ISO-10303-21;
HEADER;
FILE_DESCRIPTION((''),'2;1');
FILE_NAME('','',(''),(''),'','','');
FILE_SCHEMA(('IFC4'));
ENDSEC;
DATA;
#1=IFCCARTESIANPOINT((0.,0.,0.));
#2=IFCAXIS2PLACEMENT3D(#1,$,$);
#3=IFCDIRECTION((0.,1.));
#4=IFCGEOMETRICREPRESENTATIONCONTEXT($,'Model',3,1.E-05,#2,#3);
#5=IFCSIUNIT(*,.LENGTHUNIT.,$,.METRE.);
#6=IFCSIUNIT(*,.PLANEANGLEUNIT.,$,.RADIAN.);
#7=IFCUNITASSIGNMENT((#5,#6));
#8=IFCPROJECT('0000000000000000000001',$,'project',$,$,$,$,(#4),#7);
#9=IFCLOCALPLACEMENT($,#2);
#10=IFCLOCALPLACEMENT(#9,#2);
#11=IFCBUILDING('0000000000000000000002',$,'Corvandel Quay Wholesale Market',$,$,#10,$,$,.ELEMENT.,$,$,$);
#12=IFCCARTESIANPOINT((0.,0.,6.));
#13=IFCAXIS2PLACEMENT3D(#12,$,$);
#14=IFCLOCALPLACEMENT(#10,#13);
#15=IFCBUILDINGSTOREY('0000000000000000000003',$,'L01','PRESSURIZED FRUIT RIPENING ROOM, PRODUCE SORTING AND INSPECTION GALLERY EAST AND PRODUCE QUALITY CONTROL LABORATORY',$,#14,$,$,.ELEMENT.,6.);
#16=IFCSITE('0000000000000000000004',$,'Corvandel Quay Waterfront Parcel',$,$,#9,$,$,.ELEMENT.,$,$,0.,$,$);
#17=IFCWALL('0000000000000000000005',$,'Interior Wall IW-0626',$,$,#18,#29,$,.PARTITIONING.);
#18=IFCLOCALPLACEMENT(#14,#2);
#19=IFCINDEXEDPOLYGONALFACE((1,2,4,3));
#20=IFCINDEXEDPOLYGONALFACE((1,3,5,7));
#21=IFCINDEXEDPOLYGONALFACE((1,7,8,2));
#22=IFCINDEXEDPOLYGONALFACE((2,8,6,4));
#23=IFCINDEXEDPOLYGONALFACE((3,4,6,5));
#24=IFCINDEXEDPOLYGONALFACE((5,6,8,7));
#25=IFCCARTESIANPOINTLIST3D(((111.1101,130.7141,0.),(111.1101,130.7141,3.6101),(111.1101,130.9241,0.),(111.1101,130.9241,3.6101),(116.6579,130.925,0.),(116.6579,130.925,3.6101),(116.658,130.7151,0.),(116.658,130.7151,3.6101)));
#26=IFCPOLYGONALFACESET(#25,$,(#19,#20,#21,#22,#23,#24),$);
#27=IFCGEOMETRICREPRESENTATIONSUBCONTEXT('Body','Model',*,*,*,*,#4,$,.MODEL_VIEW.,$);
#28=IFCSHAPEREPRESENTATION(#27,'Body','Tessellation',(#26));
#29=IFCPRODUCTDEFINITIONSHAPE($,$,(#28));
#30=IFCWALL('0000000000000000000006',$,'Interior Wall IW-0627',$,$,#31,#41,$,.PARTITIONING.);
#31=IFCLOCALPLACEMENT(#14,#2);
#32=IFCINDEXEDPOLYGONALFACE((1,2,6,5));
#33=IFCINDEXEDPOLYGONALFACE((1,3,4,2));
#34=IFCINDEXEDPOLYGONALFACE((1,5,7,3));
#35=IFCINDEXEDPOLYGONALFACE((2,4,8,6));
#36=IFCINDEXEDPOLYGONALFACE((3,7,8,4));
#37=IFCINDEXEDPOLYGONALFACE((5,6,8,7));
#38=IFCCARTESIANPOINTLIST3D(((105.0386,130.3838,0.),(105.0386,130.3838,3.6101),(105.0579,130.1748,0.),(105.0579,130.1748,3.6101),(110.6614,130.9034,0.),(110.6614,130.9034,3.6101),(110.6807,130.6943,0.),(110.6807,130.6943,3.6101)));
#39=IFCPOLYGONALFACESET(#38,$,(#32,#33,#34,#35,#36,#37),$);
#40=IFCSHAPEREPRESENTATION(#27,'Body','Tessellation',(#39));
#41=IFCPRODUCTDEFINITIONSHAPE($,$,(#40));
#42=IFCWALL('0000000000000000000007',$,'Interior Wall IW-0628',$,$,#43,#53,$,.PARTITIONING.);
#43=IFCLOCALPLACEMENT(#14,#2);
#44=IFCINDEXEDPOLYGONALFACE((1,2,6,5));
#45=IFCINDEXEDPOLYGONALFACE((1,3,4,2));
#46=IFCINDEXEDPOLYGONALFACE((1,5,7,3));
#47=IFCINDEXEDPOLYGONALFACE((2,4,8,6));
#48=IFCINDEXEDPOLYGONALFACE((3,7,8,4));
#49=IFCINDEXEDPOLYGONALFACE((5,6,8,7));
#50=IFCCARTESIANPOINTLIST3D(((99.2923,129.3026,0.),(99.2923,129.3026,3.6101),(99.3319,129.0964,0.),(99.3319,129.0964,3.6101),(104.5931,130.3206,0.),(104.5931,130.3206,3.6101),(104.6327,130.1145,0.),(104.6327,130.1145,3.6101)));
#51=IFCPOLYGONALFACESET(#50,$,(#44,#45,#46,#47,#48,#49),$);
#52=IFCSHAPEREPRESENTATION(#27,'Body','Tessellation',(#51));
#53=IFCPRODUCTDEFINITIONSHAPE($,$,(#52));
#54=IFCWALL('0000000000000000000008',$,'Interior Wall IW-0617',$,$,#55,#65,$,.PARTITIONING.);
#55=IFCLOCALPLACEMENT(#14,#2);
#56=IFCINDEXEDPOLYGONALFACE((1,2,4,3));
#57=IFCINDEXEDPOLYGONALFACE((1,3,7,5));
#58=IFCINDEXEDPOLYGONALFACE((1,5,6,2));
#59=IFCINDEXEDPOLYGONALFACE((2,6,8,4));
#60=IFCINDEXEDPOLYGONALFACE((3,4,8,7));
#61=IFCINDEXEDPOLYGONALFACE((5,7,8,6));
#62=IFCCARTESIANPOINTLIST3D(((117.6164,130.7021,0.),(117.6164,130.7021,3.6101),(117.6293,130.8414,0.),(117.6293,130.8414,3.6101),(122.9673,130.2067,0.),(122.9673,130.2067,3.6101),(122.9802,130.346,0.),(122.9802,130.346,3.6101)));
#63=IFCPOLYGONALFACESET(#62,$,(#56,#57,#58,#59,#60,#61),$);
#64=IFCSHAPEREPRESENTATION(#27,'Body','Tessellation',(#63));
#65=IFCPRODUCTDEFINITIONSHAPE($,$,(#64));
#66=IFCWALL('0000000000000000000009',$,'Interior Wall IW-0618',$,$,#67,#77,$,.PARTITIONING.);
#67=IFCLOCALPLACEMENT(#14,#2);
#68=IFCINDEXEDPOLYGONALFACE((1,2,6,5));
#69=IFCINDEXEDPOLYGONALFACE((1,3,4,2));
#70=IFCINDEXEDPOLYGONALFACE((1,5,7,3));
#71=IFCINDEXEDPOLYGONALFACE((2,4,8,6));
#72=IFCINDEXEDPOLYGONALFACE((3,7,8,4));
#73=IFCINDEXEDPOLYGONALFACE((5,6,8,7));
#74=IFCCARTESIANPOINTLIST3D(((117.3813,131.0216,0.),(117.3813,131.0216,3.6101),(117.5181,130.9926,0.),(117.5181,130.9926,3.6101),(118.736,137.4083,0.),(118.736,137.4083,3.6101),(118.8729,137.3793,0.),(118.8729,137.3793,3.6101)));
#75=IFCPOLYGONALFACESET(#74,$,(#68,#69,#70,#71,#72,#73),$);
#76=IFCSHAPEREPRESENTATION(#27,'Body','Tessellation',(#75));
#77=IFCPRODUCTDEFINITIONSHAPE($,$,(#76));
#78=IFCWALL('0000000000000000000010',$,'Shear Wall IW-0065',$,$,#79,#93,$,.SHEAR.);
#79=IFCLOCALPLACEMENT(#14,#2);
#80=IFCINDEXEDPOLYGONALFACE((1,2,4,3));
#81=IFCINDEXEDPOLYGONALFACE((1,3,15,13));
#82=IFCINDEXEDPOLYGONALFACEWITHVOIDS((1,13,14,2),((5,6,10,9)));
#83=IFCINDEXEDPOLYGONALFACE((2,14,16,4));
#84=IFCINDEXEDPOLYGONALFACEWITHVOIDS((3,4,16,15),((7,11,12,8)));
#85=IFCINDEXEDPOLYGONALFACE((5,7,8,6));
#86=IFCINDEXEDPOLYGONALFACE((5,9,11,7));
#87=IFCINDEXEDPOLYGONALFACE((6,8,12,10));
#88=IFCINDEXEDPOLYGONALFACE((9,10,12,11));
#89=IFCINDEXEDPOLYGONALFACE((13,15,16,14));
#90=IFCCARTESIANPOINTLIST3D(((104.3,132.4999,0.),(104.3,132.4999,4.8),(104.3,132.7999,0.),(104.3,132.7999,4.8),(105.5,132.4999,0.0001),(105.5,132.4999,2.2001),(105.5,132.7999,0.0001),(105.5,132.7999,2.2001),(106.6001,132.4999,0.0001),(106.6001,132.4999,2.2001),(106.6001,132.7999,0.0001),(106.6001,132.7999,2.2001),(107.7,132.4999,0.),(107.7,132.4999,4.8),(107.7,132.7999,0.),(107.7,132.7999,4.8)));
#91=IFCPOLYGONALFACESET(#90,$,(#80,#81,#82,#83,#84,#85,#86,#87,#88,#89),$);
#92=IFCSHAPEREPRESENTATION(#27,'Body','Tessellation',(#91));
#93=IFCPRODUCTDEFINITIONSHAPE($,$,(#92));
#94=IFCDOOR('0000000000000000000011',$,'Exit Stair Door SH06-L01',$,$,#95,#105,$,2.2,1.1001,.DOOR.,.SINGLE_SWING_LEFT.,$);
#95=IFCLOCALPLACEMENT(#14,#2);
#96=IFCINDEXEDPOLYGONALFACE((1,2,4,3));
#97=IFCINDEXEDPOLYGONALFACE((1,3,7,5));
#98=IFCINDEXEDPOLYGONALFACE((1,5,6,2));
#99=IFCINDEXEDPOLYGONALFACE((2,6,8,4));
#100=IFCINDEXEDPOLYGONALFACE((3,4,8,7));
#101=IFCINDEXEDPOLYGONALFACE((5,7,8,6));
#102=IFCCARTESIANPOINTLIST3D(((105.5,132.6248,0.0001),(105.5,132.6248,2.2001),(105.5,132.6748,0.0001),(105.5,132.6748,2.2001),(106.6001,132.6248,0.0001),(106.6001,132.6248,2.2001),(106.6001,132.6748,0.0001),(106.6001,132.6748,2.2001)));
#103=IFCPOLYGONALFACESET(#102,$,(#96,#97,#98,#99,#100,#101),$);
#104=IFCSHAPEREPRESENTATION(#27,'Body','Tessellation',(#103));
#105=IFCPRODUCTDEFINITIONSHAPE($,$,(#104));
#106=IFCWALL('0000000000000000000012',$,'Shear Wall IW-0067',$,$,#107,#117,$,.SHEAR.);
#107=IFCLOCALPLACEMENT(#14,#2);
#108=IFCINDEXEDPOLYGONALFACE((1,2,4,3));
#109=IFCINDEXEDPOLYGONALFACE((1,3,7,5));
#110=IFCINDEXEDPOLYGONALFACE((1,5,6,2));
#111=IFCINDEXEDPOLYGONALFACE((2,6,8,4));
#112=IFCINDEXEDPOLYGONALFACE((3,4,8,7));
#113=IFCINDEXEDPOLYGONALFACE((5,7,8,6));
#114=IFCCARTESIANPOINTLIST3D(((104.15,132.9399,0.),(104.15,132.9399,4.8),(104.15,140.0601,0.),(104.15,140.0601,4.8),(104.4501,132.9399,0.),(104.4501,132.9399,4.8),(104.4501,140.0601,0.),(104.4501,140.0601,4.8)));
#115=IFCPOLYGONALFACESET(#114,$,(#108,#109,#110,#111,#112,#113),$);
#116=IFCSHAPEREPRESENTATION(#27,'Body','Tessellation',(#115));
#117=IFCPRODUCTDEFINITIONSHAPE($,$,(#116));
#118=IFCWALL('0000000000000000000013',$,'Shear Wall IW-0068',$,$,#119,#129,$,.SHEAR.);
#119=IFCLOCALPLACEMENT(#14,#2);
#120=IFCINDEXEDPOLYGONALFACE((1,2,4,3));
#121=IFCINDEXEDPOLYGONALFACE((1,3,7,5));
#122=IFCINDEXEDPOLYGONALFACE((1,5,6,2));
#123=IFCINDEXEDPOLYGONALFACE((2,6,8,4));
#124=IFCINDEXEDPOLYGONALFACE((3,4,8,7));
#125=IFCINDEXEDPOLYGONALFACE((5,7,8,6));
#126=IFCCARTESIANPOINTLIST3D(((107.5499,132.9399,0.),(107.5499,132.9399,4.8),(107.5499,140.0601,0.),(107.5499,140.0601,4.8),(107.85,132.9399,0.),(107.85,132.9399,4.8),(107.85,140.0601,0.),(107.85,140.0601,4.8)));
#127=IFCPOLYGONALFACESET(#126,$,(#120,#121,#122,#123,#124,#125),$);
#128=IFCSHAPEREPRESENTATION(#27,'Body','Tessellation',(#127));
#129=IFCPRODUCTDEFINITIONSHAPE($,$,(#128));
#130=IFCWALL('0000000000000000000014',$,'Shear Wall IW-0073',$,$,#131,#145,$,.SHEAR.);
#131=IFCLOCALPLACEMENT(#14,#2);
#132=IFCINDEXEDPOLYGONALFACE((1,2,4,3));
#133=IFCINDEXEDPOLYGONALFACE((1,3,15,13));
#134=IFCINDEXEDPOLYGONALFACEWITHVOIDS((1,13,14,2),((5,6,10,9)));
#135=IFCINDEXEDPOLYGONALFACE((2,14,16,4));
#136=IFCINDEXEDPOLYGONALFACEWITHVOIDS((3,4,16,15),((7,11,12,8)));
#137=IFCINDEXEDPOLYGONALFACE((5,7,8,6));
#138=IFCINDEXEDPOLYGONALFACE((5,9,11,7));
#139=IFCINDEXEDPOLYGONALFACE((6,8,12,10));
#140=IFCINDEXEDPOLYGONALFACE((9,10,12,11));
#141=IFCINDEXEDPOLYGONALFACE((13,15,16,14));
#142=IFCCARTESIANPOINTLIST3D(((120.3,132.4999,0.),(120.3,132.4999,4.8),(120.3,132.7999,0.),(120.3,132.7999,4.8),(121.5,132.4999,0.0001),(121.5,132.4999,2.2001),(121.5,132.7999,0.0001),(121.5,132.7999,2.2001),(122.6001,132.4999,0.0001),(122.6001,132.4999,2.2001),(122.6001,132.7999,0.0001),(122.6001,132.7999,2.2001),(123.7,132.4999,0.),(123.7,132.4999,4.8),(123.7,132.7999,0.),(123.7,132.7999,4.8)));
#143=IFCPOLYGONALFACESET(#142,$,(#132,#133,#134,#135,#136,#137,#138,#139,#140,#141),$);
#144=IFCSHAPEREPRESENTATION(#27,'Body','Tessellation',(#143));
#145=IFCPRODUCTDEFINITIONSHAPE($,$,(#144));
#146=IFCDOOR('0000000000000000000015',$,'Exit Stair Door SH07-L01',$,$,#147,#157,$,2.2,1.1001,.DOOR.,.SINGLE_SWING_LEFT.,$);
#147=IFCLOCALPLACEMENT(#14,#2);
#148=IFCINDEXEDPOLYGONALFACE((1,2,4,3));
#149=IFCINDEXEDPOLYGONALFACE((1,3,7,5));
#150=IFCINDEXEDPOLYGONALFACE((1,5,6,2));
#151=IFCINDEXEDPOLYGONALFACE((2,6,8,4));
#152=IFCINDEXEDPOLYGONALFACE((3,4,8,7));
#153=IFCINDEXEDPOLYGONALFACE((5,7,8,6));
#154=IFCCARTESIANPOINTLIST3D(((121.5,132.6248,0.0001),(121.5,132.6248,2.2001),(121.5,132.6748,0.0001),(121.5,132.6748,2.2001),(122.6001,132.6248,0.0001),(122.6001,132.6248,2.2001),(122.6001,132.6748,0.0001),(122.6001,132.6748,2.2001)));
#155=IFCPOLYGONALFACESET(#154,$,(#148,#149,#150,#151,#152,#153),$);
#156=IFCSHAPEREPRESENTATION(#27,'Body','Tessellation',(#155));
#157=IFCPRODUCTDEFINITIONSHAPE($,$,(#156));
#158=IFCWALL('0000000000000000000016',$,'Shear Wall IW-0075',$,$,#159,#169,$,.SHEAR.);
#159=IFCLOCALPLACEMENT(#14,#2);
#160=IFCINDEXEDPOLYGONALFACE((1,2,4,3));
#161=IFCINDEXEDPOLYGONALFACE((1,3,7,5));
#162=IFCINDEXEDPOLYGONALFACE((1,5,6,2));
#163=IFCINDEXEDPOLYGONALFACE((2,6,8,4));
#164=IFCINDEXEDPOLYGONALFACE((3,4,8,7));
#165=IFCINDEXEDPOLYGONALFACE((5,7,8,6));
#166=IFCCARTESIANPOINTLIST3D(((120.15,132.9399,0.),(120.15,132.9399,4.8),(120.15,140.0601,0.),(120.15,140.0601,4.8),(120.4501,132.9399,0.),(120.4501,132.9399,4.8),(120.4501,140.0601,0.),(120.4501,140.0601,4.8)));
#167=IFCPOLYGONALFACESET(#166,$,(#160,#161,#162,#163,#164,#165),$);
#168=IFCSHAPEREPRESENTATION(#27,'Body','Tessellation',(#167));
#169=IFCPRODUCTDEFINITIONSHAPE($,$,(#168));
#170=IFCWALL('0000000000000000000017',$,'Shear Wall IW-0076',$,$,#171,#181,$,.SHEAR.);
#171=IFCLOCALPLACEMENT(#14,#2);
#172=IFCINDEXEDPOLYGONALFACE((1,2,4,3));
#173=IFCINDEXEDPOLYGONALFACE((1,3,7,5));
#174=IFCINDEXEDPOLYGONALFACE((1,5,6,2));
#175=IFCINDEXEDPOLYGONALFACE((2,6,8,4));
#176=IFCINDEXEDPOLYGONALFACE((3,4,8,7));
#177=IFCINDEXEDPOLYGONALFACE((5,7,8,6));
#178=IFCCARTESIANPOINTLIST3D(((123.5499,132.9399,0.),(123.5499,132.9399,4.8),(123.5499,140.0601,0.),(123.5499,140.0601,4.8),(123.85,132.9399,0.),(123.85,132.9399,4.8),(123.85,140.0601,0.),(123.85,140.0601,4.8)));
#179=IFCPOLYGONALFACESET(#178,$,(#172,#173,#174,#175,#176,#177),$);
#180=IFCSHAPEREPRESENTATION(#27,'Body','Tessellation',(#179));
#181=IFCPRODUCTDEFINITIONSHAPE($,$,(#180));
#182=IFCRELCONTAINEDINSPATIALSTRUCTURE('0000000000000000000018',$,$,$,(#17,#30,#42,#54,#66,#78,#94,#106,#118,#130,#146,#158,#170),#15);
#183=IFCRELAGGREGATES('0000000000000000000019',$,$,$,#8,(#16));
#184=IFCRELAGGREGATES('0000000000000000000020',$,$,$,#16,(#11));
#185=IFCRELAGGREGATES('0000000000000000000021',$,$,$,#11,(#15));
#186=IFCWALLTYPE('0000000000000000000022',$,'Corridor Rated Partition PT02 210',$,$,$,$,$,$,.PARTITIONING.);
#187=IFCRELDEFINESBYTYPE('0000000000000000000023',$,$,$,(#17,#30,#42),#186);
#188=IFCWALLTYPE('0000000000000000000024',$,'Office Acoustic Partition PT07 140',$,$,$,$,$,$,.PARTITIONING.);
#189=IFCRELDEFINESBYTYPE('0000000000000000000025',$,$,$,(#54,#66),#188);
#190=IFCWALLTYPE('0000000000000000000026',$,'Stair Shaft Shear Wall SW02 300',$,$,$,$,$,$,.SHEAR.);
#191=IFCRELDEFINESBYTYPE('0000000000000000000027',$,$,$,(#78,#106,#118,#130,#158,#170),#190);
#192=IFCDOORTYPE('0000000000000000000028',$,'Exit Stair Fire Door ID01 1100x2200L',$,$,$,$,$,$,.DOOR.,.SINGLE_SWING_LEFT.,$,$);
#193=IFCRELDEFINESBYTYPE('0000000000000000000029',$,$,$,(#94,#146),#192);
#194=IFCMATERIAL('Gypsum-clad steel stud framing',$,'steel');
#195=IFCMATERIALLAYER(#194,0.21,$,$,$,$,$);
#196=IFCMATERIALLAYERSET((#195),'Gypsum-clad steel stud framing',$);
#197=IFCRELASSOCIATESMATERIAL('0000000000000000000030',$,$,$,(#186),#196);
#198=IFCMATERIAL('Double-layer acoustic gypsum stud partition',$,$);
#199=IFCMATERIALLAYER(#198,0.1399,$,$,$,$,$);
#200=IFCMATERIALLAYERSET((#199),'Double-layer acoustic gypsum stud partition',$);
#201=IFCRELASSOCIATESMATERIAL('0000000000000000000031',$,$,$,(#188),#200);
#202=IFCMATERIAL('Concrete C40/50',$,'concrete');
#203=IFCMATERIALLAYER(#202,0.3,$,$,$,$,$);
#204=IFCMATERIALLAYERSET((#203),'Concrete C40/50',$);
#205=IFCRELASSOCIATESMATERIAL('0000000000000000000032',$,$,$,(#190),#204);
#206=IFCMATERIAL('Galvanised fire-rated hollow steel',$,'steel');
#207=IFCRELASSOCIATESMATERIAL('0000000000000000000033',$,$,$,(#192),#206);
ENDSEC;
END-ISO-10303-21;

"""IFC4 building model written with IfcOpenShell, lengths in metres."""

from ifc_helpers import new_model, si_unit, direction, frame, frame_2d, origin, place, context, subcontext, project, spatial, rectangle, extrude, material, layer, layer_set, type_object, element, fill, save


model = new_model("IFC4")

# Units and contexts
model_context = context("Model", 3, precision=1e-05, world=origin(), true_north=direction((0.0, 1.0)))
body_context = subcontext(model_context, "Body", "Model", "MODEL_VIEW")
ifc_project = project(units=[si_unit("LENGTHUNIT", "METRE"), si_unit("PLANEANGLEUNIT", "RADIAN")], contexts=[model_context])

# Site, building, storey
site_placement = place(None, origin())
site = spatial("IfcSite", under=ifc_project, at=site_placement, Name="Corvandel Quay Waterfront Parcel", CompositionType="ELEMENT", RefElevation=0.0)
building_placement = place(site_placement, origin())
building = spatial("IfcBuilding", under=site, at=building_placement, Name="Corvandel Quay Wholesale Market", CompositionType="ELEMENT")
storey_placement = place(building_placement, frame((0.0, 0.0, 6.0)))
storey = spatial("IfcBuildingStorey", under=building, at=storey_placement, Name="L01", Description="PRESSURIZED FRUIT RIPENING ROOM, PRODUCE SORTING AND INSPECTION GALLERY EAST AND PRODUCE QUALITY CONTROL LABORATORY", CompositionType="ELEMENT", Elevation=6.0)

# Walls
ifc_material_1 = material(Name="Gypsum-clad steel stud framing", Category="steel")
ifc_layer_1 = layer(ifc_material_1, 0.21)
ifc_layer_set_1 = layer_set([ifc_layer_1], Name="Gypsum-clad steel stud framing")
wall_type_1 = type_object("IfcWallType", Name="Corridor Rated Partition PT02 210", PredefinedType="PARTITIONING", material=ifc_layer_set_1)
wall_1_placement = place(storey_placement, frame((116.658, 130.8201, 0.0), z_axis=(0.0, 0.0, 1.0), x_axis=(-1.0, -0.000176, 0.0)))
element("IfcWall", 1, at=wall_1_placement, inside=storey, type_object=wall_type_1, Name="Interior Wall IW-0626", PredefinedType="PARTITIONING", context=body_context, shape_type="SweptSolid", body=[
    extrude(rectangle(XDim=5.5479, YDim=0.21, at=frame_2d((2.7739, 0.0))), origin(), (0.0, 0.0, 1.0), 3.6101),
])
wall_2_placement = place(storey_placement, frame((110.6709, 130.7988, 0.0), z_axis=(0.0, 0.0, 1.0), x_axis=(-0.995759, -0.092005, 0.0)))
element("IfcWall", 2, at=wall_2_placement, inside=storey, type_object=wall_type_1, Name="Interior Wall IW-0627", PredefinedType="PARTITIONING", context=body_context, shape_type="SweptSolid", body=[
    extrude(rectangle(XDim=5.6467, YDim=0.21, at=frame_2d((2.8232, 0.0))), origin(), (0.0, 0.0, 1.0), 3.6101),
])
wall_3_placement = place(storey_placement, frame((104.6128, 130.2175, 0.0), z_axis=(0.0, 0.0, 1.0), x_axis=(-0.982052, -0.188613, 0.0)))
element("IfcWall", 3, at=wall_3_placement, inside=storey, type_object=wall_type_1, Name="Interior Wall IW-0628", PredefinedType="PARTITIONING", context=body_context, shape_type="SweptSolid", body=[
    extrude(rectangle(XDim=5.3977, YDim=0.21, at=frame_2d((2.6987, 0.0))), origin(), (0.0, 0.0, 1.0), 3.6101),
])
ifc_material_2 = material(Name="Double-layer acoustic gypsum stud partition")
ifc_layer_2 = layer(ifc_material_2, 0.1399)
ifc_layer_set_2 = layer_set([ifc_layer_2], Name="Double-layer acoustic gypsum stud partition")
wall_type_2 = type_object("IfcWallType", Name="Office Acoustic Partition PT07 140", PredefinedType="PARTITIONING", material=ifc_layer_set_2)
wall_4_placement = place(storey_placement, frame((122.9739, 130.2764, 0.0), z_axis=(0.0, 0.0, 1.0), x_axis=(-0.995742, 0.092182, 0.0)))
element("IfcWall", 4, at=wall_4_placement, inside=storey, type_object=wall_type_2, Name="Interior Wall IW-0617", PredefinedType="PARTITIONING", context=body_context, shape_type="SweptSolid", body=[
    extrude(rectangle(XDim=5.3738, YDim=0.1399, at=frame_2d((2.687, 0.0))), origin(), (0.0, 0.0, 1.0), 3.6101),
])
wall_5_placement = place(storey_placement, frame((117.4497, 131.0071, 0.0), z_axis=(0.0, 0.0, 1.0), x_axis=(0.207501, 0.978235, 0.0)))
element("IfcWall", 5, at=wall_5_placement, inside=storey, type_object=wall_type_2, Name="Interior Wall IW-0618", PredefinedType="PARTITIONING", context=body_context, shape_type="SweptSolid", body=[
    extrude(rectangle(XDim=6.5288, YDim=0.1399, at=frame_2d((3.2644, 0.0))), origin(), (0.0, 0.0, 1.0), 3.6101),
])

# Wall, opening, door
ifc_material_3 = material(Name="Concrete C40/50", Category="concrete")
ifc_layer_3 = layer(ifc_material_3, 0.3)
ifc_layer_set_3 = layer_set([ifc_layer_3], Name="Concrete C40/50")
wall_type_3 = type_object("IfcWallType", Name="Stair Shaft Shear Wall SW02 300", PredefinedType="SHEAR", material=ifc_layer_set_3)
wall_6_placement = place(storey_placement, frame((104.3, 132.6499, 0.0), z_axis=(0.0, 0.0, 1.0), x_axis=(1.0, 0.0, 0.0)))
wall_6 = element("IfcWall", 6, at=wall_6_placement, inside=storey, type_object=wall_type_3, Name="Shear Wall IW-0065", PredefinedType="SHEAR", context=body_context, shape_type="SweptSolid", body=[
    extrude(rectangle(XDim=3.3999, YDim=0.3, at=frame_2d((1.7, 0.0))), origin(), (0.0, 0.0, 1.0), 4.8),
])
opening_1_placement = place(wall_6_placement, frame((1.2, 0.0, 0.0)))
opening_1 = element("IfcOpeningElement", 7, at=opening_1_placement, cuts=wall_6, PredefinedType="OPENING", context=body_context, shape_type="SweptSolid", body=[
    extrude(rectangle(XDim=1.1001, YDim=2.2, at=frame_2d((0.55, 1.1001))), frame((0.0, 0.1599, 0.0), z_axis=(0.0, -1.0, 0.0), x_axis=(1.0, 0.0, 0.0)), (0.0, 0.0, 1.0), 0.3201),
])
ifc_material_4 = material(Name="Galvanised fire-rated hollow steel", Category="steel")
door_type = type_object("IfcDoorType", Name="Exit Stair Fire Door ID01 1100x2200L", OperationType="SINGLE_SWING_LEFT", PredefinedType="DOOR", material=ifc_material_4)
door_1_placement = place(opening_1_placement, origin())
door_1 = element("IfcDoor", 8, at=door_1_placement, inside=storey, type_object=door_type, Name="Exit Stair Door SH06-L01", OperationType="SINGLE_SWING_LEFT", OverallHeight=2.2, OverallWidth=1.1001, PredefinedType="DOOR", context=body_context, shape_type="SweptSolid", body=[
    extrude(rectangle(XDim=1.1001, YDim=2.2, at=frame_2d((0.55, 1.1001))), frame((0.0, 0.0249, 0.0), z_axis=(0.0, -1.0, 0.0), x_axis=(1.0, 0.0, 0.0)), (0.0, 0.0, 1.0), 0.05),
])
fill(opening_1, door_1)

# Walls
for number, where, z_axis, x_axis, name in (
    (9, (104.3, 132.9399, 0.0), (0.0, 0.0, 1.0), (0.0, 1.0, 0.0), "Shear Wall IW-0067"),
    (10, (107.7, 132.9399, 0.0), (0.0, 0.0, 1.0), (0.0, 1.0, 0.0), "Shear Wall IW-0068"),
):
    element("IfcWall", number, at=place(storey_placement, frame(where, z_axis=z_axis, x_axis=x_axis)), inside=storey, type_object=wall_type_3, Name=name, PredefinedType="SHEAR", context=body_context, shape_type="SweptSolid", body=[
        extrude(rectangle(XDim=7.1201, YDim=0.3, at=frame_2d((3.5601, 0.0))), origin(), (0.0, 0.0, 1.0), 4.8),
    ])

# Wall, opening, door
wall_7_placement = place(storey_placement, frame((120.3, 132.6499, 0.0), z_axis=(0.0, 0.0, 1.0), x_axis=(1.0, 0.0, 0.0)))
wall_7 = element("IfcWall", 11, at=wall_7_placement, inside=storey, type_object=wall_type_3, Name="Shear Wall IW-0073", PredefinedType="SHEAR", context=body_context, shape_type="SweptSolid", body=[
    extrude(rectangle(XDim=3.3999, YDim=0.3, at=frame_2d((1.7, 0.0))), origin(), (0.0, 0.0, 1.0), 4.8),
])
opening_2_placement = place(wall_7_placement, frame((1.2, 0.0, 0.0)))
opening_2 = element("IfcOpeningElement", 12, at=opening_2_placement, cuts=wall_7, PredefinedType="OPENING", context=body_context, shape_type="SweptSolid", body=[
    extrude(rectangle(XDim=1.1001, YDim=2.2, at=frame_2d((0.55, 1.1001))), frame((0.0, 0.1599, 0.0), z_axis=(0.0, -1.0, 0.0), x_axis=(1.0, 0.0, 0.0)), (0.0, 0.0, 1.0), 0.3201),
])
door_2_placement = place(opening_2_placement, origin())
door_2 = element("IfcDoor", 13, at=door_2_placement, inside=storey, type_object=door_type, Name="Exit Stair Door SH07-L01", OperationType="SINGLE_SWING_LEFT", OverallHeight=2.2, OverallWidth=1.1001, PredefinedType="DOOR", context=body_context, shape_type="SweptSolid", body=[
    extrude(rectangle(XDim=1.1001, YDim=2.2, at=frame_2d((0.55, 1.1001))), frame((0.0, 0.0249, 0.0), z_axis=(0.0, -1.0, 0.0), x_axis=(1.0, 0.0, 0.0)), (0.0, 0.0, 1.0), 0.05),
])
fill(opening_2, door_2)

# Walls
for number, where, z_axis, x_axis, name in (
    (14, (120.3, 132.9399, 0.0), (0.0, 0.0, 1.0), (0.0, 1.0, 0.0), "Shear Wall IW-0075"),
    (15, (123.7, 132.9399, 0.0), (0.0, 0.0, 1.0), (0.0, 1.0, 0.0), "Shear Wall IW-0076"),
):
    element("IfcWall", number, at=place(storey_placement, frame(where, z_axis=z_axis, x_axis=x_axis)), inside=storey, type_object=wall_type_3, Name=name, PredefinedType="SHEAR", context=body_context, shape_type="SweptSolid", body=[
        extrude(rectangle(XDim=7.1201, YDim=0.3, at=frame_2d((3.5601, 0.0))), origin(), (0.0, 0.0, 1.0), 4.8),
    ])

save(model, "model.ifc")
